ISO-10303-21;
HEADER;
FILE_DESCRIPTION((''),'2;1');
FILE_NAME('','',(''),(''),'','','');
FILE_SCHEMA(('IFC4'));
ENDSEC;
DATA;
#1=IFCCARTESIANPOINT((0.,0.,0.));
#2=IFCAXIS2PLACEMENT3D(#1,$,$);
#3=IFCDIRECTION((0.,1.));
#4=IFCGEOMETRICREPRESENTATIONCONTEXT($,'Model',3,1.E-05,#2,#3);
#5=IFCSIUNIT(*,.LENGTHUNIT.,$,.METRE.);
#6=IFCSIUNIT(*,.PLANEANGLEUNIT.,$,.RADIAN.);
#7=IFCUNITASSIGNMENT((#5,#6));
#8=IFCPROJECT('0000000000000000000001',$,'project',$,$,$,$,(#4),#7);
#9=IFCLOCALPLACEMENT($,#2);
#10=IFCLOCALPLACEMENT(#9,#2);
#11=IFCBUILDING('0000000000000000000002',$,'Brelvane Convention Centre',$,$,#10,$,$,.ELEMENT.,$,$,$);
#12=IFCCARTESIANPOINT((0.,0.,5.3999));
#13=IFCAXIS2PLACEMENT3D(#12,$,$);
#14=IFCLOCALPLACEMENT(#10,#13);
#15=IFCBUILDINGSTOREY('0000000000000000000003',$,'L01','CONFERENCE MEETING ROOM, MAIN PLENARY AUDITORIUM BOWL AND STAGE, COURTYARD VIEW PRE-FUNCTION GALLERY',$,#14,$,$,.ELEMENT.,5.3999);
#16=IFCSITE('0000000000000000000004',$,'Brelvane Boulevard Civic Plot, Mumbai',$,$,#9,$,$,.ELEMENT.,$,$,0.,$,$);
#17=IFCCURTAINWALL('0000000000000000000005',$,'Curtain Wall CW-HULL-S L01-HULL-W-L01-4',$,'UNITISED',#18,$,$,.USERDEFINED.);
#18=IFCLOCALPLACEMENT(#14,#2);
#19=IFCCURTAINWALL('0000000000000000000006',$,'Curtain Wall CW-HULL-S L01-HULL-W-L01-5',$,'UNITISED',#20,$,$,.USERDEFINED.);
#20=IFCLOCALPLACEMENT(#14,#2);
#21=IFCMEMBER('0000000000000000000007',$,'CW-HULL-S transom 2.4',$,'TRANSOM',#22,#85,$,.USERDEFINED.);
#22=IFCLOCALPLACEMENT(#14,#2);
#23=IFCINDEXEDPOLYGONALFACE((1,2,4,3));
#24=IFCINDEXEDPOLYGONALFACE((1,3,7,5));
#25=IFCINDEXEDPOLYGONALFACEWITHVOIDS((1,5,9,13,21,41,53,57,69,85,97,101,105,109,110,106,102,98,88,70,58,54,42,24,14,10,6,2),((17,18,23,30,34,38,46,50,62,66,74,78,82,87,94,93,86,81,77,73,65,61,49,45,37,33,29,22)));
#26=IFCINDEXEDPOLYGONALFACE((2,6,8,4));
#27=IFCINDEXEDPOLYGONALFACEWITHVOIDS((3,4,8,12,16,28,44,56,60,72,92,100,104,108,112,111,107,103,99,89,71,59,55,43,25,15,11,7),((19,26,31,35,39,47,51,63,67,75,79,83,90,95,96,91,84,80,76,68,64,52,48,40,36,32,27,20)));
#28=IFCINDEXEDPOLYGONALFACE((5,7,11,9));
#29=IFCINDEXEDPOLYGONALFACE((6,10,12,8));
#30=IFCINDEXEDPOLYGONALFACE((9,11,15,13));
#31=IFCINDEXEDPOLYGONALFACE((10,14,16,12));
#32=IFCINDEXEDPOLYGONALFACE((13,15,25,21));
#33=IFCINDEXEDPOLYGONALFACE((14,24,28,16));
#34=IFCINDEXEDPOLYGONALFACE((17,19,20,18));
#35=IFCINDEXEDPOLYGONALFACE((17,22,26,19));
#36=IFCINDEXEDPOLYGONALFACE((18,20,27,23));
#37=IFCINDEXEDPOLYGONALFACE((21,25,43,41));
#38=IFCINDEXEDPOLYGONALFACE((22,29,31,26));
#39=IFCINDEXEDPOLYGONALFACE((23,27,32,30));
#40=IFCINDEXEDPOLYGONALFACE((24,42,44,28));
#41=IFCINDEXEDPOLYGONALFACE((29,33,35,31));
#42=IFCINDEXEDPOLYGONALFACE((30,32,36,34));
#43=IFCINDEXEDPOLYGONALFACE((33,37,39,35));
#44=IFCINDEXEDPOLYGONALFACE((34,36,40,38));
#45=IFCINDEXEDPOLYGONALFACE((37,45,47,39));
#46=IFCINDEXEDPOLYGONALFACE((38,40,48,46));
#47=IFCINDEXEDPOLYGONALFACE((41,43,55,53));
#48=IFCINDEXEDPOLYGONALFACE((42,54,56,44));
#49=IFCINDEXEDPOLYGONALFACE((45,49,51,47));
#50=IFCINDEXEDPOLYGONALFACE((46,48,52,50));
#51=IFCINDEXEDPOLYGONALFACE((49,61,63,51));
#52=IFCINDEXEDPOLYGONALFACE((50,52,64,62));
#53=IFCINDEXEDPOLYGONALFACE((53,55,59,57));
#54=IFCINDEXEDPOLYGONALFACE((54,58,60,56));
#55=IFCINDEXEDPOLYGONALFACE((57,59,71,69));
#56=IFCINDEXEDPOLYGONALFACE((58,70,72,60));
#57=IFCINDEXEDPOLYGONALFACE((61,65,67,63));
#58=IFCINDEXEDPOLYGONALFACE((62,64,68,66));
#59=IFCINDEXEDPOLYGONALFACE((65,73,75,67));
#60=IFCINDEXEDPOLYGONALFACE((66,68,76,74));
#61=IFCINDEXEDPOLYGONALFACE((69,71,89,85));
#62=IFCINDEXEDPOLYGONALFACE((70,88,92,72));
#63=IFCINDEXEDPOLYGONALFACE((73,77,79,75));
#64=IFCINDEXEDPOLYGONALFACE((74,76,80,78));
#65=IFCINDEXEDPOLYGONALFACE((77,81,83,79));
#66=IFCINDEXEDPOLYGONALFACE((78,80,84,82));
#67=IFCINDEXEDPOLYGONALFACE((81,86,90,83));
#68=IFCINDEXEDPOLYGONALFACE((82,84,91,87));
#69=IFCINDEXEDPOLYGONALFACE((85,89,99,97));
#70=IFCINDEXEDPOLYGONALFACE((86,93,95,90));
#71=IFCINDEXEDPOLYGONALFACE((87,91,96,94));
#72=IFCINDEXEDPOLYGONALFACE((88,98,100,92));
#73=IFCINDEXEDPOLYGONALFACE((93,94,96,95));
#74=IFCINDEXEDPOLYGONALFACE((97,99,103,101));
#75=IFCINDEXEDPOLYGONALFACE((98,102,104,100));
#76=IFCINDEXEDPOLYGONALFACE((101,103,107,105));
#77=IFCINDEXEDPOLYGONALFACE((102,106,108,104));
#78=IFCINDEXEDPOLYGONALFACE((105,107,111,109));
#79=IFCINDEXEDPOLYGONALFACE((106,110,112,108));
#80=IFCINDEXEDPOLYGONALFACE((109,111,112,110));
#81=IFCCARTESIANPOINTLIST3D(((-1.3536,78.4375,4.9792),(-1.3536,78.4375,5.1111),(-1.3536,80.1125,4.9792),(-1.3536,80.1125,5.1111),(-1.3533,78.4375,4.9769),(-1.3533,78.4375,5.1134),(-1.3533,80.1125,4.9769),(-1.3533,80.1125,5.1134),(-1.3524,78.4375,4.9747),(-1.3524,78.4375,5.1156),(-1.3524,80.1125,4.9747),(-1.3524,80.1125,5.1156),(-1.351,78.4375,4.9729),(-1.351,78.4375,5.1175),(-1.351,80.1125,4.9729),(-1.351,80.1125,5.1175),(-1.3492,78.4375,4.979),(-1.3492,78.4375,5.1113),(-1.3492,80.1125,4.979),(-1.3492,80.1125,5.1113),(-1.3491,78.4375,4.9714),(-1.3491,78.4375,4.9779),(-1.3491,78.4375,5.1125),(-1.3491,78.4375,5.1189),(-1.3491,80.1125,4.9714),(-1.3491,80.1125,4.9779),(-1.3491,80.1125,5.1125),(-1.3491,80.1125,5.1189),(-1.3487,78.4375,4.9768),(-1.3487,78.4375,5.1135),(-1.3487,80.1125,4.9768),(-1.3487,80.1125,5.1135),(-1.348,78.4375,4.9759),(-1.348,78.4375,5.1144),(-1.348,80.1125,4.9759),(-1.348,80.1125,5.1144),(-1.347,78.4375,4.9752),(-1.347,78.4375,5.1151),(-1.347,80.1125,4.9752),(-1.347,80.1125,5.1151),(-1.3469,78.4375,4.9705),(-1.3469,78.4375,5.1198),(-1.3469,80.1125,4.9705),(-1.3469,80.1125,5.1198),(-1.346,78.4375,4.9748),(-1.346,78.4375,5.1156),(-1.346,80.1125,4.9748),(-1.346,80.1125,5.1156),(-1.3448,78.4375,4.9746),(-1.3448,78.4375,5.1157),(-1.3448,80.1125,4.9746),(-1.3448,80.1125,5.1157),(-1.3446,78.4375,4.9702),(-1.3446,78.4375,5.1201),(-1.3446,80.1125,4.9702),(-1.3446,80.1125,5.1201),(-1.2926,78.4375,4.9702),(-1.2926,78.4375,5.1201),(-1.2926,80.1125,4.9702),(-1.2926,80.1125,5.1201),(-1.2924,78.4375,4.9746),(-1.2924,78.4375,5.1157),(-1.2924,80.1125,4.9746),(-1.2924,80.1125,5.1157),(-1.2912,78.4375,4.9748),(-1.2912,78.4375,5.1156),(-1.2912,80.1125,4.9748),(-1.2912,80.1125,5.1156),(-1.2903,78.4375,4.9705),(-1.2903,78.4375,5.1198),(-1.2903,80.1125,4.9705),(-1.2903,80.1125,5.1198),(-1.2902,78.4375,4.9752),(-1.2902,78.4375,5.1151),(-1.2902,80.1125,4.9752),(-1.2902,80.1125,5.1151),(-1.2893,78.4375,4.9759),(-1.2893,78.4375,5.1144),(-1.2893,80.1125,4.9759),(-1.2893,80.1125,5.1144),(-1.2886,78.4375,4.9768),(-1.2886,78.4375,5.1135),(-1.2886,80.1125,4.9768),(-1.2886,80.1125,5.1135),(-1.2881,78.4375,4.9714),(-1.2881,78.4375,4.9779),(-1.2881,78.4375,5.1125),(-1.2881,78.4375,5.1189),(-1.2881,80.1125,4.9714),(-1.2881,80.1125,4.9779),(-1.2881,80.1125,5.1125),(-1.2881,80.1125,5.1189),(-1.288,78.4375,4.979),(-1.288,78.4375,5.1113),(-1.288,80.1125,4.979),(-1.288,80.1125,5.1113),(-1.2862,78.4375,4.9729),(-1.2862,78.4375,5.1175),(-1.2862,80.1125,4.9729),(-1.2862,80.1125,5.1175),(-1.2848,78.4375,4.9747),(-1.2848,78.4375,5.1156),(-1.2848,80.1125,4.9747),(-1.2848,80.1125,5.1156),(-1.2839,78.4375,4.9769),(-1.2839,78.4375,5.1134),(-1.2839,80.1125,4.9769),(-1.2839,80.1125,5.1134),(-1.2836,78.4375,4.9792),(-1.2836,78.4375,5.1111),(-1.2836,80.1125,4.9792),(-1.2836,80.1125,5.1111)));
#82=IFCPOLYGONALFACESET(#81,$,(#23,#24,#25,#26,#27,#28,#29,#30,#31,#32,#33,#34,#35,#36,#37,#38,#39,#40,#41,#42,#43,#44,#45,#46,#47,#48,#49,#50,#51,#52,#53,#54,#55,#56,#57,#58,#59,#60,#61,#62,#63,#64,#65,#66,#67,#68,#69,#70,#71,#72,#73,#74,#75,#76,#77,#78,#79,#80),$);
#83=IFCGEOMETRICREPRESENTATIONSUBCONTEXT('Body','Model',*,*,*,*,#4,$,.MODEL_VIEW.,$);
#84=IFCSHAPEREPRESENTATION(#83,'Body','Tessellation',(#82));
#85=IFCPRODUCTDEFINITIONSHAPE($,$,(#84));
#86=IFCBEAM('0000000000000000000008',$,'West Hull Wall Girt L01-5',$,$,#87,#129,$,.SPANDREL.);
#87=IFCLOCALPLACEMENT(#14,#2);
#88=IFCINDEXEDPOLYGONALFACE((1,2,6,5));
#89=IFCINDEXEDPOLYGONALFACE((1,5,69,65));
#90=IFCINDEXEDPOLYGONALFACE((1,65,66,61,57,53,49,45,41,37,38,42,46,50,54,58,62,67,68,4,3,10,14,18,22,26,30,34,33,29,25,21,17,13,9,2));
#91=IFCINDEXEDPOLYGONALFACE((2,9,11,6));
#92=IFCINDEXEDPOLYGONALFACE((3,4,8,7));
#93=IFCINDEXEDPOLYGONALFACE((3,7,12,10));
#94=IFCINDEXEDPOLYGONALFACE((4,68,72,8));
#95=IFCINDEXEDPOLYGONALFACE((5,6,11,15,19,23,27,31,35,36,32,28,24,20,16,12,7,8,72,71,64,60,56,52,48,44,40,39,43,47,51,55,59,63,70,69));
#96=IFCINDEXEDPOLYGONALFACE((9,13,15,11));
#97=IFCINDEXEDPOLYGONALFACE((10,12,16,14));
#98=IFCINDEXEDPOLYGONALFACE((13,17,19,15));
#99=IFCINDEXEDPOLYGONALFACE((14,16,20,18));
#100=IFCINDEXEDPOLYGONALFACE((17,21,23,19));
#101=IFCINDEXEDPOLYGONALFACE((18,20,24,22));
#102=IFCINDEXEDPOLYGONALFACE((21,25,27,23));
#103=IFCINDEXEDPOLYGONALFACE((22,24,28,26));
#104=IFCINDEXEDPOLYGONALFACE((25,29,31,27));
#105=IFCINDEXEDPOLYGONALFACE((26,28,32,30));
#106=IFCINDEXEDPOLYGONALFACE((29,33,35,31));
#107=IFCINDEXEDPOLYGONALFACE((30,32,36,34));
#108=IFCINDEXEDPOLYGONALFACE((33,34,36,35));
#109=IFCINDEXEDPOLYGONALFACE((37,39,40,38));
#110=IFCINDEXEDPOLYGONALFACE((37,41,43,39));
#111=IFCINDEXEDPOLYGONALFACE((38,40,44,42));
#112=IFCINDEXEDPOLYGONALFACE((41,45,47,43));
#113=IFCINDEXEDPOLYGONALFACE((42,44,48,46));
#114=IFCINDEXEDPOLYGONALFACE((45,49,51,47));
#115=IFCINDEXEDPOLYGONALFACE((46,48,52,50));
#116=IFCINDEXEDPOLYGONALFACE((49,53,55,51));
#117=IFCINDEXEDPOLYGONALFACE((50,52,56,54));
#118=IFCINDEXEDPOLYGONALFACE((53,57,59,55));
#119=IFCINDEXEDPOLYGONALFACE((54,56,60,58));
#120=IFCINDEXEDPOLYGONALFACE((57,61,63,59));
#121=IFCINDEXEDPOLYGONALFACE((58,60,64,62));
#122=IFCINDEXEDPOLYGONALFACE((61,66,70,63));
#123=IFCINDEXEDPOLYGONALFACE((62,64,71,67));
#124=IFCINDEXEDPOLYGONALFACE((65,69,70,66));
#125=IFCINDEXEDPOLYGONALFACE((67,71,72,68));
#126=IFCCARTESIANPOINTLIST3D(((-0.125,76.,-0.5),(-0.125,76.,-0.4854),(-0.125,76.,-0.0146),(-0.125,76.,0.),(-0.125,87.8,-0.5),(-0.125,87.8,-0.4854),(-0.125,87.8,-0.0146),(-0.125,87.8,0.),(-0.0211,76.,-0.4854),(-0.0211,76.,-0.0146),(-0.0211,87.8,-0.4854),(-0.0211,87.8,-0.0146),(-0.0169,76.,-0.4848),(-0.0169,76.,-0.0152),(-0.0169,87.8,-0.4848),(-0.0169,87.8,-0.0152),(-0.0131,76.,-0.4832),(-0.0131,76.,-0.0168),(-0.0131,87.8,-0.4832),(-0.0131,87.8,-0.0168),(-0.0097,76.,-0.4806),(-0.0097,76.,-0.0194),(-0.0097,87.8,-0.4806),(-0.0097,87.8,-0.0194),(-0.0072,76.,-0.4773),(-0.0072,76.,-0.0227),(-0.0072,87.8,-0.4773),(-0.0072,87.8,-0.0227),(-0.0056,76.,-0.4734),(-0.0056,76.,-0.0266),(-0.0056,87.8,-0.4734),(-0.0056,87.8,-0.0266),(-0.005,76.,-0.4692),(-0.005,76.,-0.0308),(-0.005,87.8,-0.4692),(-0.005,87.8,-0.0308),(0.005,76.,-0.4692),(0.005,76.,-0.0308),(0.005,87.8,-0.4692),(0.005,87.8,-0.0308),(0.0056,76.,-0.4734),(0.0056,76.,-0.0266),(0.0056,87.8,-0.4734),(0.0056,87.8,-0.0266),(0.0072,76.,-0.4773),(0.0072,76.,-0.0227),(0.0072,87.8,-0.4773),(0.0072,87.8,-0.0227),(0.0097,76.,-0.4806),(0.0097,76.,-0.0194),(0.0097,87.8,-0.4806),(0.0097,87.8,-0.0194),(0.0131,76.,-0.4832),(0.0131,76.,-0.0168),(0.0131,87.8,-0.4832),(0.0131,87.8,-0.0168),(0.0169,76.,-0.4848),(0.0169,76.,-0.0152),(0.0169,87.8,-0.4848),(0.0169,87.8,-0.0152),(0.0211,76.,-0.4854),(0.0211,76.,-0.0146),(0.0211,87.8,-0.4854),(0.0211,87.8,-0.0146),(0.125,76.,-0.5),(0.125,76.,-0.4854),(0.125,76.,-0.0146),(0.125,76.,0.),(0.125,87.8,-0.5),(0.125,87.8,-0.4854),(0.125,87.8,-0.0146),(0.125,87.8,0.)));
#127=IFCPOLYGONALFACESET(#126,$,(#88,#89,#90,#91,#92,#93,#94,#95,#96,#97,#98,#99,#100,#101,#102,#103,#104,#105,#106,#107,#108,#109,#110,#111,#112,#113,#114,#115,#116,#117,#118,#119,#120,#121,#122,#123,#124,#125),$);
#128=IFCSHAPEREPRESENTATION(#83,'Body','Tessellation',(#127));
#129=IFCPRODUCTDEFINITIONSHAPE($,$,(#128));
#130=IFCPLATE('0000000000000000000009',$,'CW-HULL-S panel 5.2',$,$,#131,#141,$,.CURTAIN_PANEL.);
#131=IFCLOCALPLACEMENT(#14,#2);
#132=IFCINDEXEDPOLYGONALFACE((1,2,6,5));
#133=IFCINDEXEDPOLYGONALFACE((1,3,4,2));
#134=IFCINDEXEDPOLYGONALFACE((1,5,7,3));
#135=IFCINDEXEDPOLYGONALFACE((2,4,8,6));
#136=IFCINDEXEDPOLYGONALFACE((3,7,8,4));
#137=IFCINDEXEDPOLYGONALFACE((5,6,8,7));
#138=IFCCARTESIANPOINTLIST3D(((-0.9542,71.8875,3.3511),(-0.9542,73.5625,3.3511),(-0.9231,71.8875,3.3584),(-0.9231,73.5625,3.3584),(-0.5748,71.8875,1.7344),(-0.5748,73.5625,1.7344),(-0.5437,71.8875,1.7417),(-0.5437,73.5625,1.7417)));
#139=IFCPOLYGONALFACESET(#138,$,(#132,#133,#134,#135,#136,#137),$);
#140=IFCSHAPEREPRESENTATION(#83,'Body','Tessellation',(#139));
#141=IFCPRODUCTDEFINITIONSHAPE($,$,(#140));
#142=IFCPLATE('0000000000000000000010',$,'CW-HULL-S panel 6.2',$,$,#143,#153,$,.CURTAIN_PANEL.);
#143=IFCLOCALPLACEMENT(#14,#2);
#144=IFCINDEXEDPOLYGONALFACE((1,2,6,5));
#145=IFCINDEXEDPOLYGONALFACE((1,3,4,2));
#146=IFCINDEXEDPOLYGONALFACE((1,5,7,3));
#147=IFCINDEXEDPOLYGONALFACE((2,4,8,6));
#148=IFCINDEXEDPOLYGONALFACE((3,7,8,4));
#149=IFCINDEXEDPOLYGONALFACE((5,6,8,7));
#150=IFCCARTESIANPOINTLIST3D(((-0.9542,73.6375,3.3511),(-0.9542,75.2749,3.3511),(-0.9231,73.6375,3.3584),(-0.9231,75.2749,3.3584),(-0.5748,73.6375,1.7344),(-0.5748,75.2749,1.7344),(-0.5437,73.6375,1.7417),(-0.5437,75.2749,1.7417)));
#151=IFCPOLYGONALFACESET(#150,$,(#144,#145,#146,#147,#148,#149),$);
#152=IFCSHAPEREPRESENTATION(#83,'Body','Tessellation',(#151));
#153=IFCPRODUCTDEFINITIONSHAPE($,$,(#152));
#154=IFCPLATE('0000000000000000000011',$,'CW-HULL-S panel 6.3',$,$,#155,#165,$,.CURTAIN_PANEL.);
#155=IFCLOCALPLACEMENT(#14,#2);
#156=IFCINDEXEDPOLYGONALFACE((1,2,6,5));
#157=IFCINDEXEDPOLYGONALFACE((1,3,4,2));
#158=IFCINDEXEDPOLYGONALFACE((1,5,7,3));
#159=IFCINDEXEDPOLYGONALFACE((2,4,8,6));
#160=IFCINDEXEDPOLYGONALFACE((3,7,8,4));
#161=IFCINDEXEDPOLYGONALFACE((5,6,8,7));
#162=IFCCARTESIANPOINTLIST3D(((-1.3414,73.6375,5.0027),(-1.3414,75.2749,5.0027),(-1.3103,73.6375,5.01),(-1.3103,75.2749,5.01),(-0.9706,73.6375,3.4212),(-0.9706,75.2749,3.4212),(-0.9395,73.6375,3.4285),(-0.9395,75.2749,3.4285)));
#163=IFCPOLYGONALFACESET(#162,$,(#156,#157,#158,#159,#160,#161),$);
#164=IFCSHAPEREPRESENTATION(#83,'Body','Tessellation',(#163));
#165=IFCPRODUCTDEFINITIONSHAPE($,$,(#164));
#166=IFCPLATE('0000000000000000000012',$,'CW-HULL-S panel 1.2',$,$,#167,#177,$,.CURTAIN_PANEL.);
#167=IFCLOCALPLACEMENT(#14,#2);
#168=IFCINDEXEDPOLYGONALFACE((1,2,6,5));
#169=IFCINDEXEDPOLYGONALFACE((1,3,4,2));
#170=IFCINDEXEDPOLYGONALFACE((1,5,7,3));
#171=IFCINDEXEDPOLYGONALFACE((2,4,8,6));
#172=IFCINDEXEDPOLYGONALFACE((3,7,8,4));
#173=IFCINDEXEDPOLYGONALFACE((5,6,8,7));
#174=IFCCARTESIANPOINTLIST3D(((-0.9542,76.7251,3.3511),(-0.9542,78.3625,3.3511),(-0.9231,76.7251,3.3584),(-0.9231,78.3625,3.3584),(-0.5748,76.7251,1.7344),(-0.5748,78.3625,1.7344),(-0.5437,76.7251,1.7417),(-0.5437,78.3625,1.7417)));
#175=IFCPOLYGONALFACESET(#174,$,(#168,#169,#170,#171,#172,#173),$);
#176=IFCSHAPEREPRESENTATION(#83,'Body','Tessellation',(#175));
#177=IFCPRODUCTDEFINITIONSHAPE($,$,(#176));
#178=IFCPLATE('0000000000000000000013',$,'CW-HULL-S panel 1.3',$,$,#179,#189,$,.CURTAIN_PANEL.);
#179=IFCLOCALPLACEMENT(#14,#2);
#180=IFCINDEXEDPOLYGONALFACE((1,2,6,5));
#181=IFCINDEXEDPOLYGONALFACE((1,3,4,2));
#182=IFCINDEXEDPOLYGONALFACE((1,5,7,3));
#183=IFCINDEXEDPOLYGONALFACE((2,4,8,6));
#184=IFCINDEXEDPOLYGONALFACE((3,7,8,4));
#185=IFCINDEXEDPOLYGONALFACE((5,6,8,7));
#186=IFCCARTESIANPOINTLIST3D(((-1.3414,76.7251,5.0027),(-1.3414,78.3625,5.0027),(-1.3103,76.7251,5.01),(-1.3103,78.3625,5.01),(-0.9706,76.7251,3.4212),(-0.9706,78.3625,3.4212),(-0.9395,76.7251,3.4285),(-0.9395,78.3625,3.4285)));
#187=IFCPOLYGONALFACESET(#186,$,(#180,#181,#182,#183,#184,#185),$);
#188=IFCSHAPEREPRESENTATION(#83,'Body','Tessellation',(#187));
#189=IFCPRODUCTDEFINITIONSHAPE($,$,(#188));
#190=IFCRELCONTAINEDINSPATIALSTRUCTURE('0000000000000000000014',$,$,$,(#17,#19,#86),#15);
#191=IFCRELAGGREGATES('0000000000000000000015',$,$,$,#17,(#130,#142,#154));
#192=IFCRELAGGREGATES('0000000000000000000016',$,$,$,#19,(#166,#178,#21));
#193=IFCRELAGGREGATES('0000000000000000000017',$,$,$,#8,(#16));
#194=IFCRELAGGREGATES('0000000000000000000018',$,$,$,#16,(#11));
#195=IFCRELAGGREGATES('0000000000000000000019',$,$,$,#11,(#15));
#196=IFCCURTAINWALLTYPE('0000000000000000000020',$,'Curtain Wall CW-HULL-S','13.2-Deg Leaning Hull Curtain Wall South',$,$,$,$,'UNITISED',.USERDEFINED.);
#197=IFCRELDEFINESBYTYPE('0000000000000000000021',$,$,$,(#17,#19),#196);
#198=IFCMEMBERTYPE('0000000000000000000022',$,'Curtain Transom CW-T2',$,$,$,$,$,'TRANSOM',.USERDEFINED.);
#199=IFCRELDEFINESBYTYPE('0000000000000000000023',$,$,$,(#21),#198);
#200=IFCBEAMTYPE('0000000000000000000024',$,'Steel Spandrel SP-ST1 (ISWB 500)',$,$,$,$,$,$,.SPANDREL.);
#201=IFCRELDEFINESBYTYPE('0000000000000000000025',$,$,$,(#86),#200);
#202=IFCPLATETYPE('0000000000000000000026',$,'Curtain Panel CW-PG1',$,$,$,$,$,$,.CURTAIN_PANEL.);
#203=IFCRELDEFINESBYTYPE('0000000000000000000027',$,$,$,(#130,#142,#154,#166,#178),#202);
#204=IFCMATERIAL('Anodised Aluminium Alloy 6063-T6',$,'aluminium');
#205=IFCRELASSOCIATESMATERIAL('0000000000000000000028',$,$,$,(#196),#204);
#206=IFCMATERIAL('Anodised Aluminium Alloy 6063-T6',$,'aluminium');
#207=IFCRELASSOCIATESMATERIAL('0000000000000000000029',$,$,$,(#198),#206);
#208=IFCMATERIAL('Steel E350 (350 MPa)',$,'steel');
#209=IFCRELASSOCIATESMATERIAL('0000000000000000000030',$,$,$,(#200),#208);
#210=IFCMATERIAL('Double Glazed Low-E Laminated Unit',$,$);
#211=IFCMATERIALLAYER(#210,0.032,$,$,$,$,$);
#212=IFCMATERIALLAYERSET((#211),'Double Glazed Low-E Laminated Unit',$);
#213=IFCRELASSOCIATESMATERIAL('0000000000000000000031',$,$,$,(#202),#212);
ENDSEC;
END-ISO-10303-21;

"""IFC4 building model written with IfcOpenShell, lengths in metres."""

from ifc_helpers import new_model, si_unit, direction, frame, origin, origin_2d, place, context, subcontext, project, spatial, polyline, hollow_rectangle, i_section, outline, extrude, material, layer, layer_set, material_profile, profile_set, type_object, element, aggregate, save


model = new_model("IFC4")

# Units and contexts
model_context = context("Model", 3, precision=1e-05, world=origin(), true_north=direction((0.0, 1.0)))
body_context = subcontext(model_context, "Body", "Model", "MODEL_VIEW")
ifc_project = project(units=[si_unit("LENGTHUNIT", "METRE"), si_unit("PLANEANGLEUNIT", "RADIAN")], contexts=[model_context])

# Site, building, storey
site_placement = place(None, origin())
site = spatial("IfcSite", under=ifc_project, at=site_placement, Name="Brelvane Boulevard Civic Plot, Mumbai", CompositionType="ELEMENT", RefElevation=0.0)
building_placement = place(site_placement, origin())
building = spatial("IfcBuilding", under=site, at=building_placement, Name="Brelvane Convention Centre", CompositionType="ELEMENT")
storey_placement = place(building_placement, frame((0.0, 0.0, 5.3999)))
storey = spatial("IfcBuildingStorey", under=building, at=storey_placement, Name="L01", Description="CONFERENCE MEETING ROOM, MAIN PLENARY AUDITORIUM BOWL AND STAGE, COURTYARD VIEW PRE-FUNCTION GALLERY", CompositionType="ELEMENT", Elevation=5.3999)

# Curtain walls
ifc_material_1 = material(Name="Anodised Aluminium Alloy 6063-T6", Category="aluminium")
curtain_wall_type = type_object("IfcCurtainWallType", Name="Curtain Wall CW-HULL-S", Description="13.2-Deg Leaning Hull Curtain Wall South", ElementType="UNITISED", PredefinedType="USERDEFINED", material=ifc_material_1)
curtain_wall_1_placement = place(storey_placement, origin())
curtain_wall_1 = element("IfcCurtainWall", 1, at=curtain_wall_1_placement, inside=storey, type_object=curtain_wall_type, Name="Curtain Wall CW-HULL-S L01-HULL-W-L01-4", ObjectType="UNITISED", PredefinedType="USERDEFINED")
curtain_wall_2_placement = place(storey_placement, origin())
curtain_wall_2 = element("IfcCurtainWall", 2, at=curtain_wall_2_placement, inside=storey, type_object=curtain_wall_type, Name="Curtain Wall CW-HULL-S L01-HULL-W-L01-5", ObjectType="UNITISED", PredefinedType="USERDEFINED")

# Member
ifc_material_2 = material(Name="Anodised Aluminium Alloy 6063-T6", Category="aluminium")
ifc_material_profile_1 = material_profile(ifc_material_2, hollow_rectangle(XDim=0.0701, YDim=0.1499, WallThickness=0.0044, InnerFilletRadius=0.0044, OuterFilletRadius=0.009, at=origin_2d()), Name="ALU-T 150x70x4.5")
ifc_profile_set_1 = profile_set([ifc_material_profile_1], Name="Anodised Aluminium Alloy 6063-T6")
member_type_1 = type_object("IfcMemberType", Name="Curtain Transom CW-T2", ElementType="TRANSOM", PredefinedType="USERDEFINED", material=ifc_profile_set_1)
member_1_placement = place(storey_placement, frame((-1.3186, 78.4375, 5.0452), z_axis=(0.0, 1.0, 0.0), x_axis=(-1.0, 0.0, 0.0)))
member_1 = element("IfcMember", 3, at=member_1_placement, type_object=member_type_1, Name="CW-HULL-S transom 2.4", ObjectType="TRANSOM", PredefinedType="USERDEFINED", context=body_context, shape_type="SweptSolid", body=[
    extrude(hollow_rectangle(XDim=0.0701, YDim=0.1499, WallThickness=0.0044, InnerFilletRadius=0.0044, OuterFilletRadius=0.009, at=origin_2d()), origin(), (0.0, 0.0, 1.0), 1.675),
])

# Beam
ifc_material_3 = material(Name="Steel E350 (350 MPa)", Category="steel")
ifc_material_profile_2 = material_profile(ifc_material_3, i_section(OverallWidth=0.25, OverallDepth=0.5, WebThickness=0.01, FlangeThickness=0.0146, FilletRadius=0.0161, at=origin_2d()), Name="ISWB 500")
ifc_profile_set_2 = profile_set([ifc_material_profile_2], Name="Steel E350 (350 MPa)")
beam_type = type_object("IfcBeamType", Name="Steel Spandrel SP-ST1 (ISWB 500)", PredefinedType="SPANDREL", material=ifc_profile_set_2)
beam_placement = place(storey_placement, frame((0.0, 76.0, -0.25), z_axis=(0.0, 1.0, 0.0), x_axis=(-1.0, 0.0, 0.0)))
element("IfcBeam", 4, at=beam_placement, inside=storey, type_object=beam_type, Name="West Hull Wall Girt L01-5", PredefinedType="SPANDREL", context=body_context, shape_type="SweptSolid", body=[
    extrude(i_section(OverallWidth=0.25, OverallDepth=0.5, WebThickness=0.01, FlangeThickness=0.0146, FilletRadius=0.0161, at=origin_2d()), origin(), (0.0, 0.0, 1.0), 11.8),
])

# Plates
ifc_material_4 = material(Name="Double Glazed Low-E Laminated Unit")
ifc_layer_1 = layer(ifc_material_4, 0.032)
ifc_layer_set_1 = layer_set([ifc_layer_1], Name="Double Glazed Low-E Laminated Unit")
plate_type_1 = type_object("IfcPlateType", Name="Curtain Panel CW-PG1", PredefinedType="CURTAIN_PANEL", material=ifc_layer_set_1)
plate_1_placement = place(storey_placement, frame((-0.5437, 71.8875, 1.7417), z_axis=(0.973552, 0.0, 0.228466), x_axis=(0.0, 1.0, 0.0)))
plate_1 = element("IfcPlate", 5, at=plate_1_placement, type_object=plate_type_1, Name="CW-HULL-S panel 5.2", PredefinedType="CURTAIN_PANEL", context=body_context, shape_type="SweptSolid", body=[
    extrude(outline(polyline([(0.0, 0.0), (1.675, 0.0), (1.675, 1.6606), (0.0, 1.6606), (0.0, 0.0)])), origin(), (0.0, 0.0, -1.0), 0.032),
])
plate_2_placement = place(storey_placement, frame((-0.5437, 73.6375, 1.7417), z_axis=(0.973552, 0.0, 0.228466), x_axis=(0.0, 1.0, 0.0)))
plate_2 = element("IfcPlate", 6, at=plate_2_placement, type_object=plate_type_1, Name="CW-HULL-S panel 6.2", PredefinedType="CURTAIN_PANEL", context=body_context, shape_type="SweptSolid", body=[
    extrude(outline(polyline([(0.0, 0.0), (1.6375, 0.0), (1.6375, 1.6606), (0.0, 1.6606), (0.0, 0.0)])), origin(), (0.0, 0.0, -1.0), 0.032),
])
plate_3_placement = place(storey_placement, frame((-0.9395, 73.6375, 3.4285), z_axis=(0.973592, 0.0, 0.228294), x_axis=(0.0, 1.0, 0.0)))
plate_3 = element("IfcPlate", 7, at=plate_3_placement, type_object=plate_type_1, Name="CW-HULL-S panel 6.3", PredefinedType="CURTAIN_PANEL", context=body_context, shape_type="SweptSolid", body=[
    extrude(outline(polyline([(0.0, 0.0), (1.6375, 0.0), (1.6375, 1.6244), (0.0, 1.6244), (0.0, 0.0)])), origin(), (0.0, 0.0, -1.0), 0.032),
])
plate_4_placement = place(storey_placement, frame((-0.5437, 76.7251, 1.7417), z_axis=(0.973552, 0.0, 0.228466), x_axis=(0.0, 1.0, 0.0)))
plate_4 = element("IfcPlate", 8, at=plate_4_placement, type_object=plate_type_1, Name="CW-HULL-S panel 1.2", PredefinedType="CURTAIN_PANEL", context=body_context, shape_type="SweptSolid", body=[
    extrude(outline(polyline([(0.0, 0.0), (1.6375, 0.0), (1.6375, 1.6606), (0.0, 1.6606), (0.0, 0.0)])), origin(), (0.0, 0.0, -1.0), 0.032),
])
plate_5_placement = place(storey_placement, frame((-0.9395, 76.7251, 3.4285), z_axis=(0.973592, 0.0, 0.228294), x_axis=(0.0, 1.0, 0.0)))
plate_5 = element("IfcPlate", 9, at=plate_5_placement, type_object=plate_type_1, Name="CW-HULL-S panel 1.3", PredefinedType="CURTAIN_PANEL", context=body_context, shape_type="SweptSolid", body=[
    extrude(outline(polyline([(0.0, 0.0), (1.6375, 0.0), (1.6375, 1.6244), (0.0, 1.6244), (0.0, 0.0)])), origin(), (0.0, 0.0, -1.0), 0.032),
])
aggregate(curtain_wall_1, [plate_1, plate_2, plate_3])
aggregate(curtain_wall_2, [plate_4, plate_5, member_1])

save(model, "model.ifc")
